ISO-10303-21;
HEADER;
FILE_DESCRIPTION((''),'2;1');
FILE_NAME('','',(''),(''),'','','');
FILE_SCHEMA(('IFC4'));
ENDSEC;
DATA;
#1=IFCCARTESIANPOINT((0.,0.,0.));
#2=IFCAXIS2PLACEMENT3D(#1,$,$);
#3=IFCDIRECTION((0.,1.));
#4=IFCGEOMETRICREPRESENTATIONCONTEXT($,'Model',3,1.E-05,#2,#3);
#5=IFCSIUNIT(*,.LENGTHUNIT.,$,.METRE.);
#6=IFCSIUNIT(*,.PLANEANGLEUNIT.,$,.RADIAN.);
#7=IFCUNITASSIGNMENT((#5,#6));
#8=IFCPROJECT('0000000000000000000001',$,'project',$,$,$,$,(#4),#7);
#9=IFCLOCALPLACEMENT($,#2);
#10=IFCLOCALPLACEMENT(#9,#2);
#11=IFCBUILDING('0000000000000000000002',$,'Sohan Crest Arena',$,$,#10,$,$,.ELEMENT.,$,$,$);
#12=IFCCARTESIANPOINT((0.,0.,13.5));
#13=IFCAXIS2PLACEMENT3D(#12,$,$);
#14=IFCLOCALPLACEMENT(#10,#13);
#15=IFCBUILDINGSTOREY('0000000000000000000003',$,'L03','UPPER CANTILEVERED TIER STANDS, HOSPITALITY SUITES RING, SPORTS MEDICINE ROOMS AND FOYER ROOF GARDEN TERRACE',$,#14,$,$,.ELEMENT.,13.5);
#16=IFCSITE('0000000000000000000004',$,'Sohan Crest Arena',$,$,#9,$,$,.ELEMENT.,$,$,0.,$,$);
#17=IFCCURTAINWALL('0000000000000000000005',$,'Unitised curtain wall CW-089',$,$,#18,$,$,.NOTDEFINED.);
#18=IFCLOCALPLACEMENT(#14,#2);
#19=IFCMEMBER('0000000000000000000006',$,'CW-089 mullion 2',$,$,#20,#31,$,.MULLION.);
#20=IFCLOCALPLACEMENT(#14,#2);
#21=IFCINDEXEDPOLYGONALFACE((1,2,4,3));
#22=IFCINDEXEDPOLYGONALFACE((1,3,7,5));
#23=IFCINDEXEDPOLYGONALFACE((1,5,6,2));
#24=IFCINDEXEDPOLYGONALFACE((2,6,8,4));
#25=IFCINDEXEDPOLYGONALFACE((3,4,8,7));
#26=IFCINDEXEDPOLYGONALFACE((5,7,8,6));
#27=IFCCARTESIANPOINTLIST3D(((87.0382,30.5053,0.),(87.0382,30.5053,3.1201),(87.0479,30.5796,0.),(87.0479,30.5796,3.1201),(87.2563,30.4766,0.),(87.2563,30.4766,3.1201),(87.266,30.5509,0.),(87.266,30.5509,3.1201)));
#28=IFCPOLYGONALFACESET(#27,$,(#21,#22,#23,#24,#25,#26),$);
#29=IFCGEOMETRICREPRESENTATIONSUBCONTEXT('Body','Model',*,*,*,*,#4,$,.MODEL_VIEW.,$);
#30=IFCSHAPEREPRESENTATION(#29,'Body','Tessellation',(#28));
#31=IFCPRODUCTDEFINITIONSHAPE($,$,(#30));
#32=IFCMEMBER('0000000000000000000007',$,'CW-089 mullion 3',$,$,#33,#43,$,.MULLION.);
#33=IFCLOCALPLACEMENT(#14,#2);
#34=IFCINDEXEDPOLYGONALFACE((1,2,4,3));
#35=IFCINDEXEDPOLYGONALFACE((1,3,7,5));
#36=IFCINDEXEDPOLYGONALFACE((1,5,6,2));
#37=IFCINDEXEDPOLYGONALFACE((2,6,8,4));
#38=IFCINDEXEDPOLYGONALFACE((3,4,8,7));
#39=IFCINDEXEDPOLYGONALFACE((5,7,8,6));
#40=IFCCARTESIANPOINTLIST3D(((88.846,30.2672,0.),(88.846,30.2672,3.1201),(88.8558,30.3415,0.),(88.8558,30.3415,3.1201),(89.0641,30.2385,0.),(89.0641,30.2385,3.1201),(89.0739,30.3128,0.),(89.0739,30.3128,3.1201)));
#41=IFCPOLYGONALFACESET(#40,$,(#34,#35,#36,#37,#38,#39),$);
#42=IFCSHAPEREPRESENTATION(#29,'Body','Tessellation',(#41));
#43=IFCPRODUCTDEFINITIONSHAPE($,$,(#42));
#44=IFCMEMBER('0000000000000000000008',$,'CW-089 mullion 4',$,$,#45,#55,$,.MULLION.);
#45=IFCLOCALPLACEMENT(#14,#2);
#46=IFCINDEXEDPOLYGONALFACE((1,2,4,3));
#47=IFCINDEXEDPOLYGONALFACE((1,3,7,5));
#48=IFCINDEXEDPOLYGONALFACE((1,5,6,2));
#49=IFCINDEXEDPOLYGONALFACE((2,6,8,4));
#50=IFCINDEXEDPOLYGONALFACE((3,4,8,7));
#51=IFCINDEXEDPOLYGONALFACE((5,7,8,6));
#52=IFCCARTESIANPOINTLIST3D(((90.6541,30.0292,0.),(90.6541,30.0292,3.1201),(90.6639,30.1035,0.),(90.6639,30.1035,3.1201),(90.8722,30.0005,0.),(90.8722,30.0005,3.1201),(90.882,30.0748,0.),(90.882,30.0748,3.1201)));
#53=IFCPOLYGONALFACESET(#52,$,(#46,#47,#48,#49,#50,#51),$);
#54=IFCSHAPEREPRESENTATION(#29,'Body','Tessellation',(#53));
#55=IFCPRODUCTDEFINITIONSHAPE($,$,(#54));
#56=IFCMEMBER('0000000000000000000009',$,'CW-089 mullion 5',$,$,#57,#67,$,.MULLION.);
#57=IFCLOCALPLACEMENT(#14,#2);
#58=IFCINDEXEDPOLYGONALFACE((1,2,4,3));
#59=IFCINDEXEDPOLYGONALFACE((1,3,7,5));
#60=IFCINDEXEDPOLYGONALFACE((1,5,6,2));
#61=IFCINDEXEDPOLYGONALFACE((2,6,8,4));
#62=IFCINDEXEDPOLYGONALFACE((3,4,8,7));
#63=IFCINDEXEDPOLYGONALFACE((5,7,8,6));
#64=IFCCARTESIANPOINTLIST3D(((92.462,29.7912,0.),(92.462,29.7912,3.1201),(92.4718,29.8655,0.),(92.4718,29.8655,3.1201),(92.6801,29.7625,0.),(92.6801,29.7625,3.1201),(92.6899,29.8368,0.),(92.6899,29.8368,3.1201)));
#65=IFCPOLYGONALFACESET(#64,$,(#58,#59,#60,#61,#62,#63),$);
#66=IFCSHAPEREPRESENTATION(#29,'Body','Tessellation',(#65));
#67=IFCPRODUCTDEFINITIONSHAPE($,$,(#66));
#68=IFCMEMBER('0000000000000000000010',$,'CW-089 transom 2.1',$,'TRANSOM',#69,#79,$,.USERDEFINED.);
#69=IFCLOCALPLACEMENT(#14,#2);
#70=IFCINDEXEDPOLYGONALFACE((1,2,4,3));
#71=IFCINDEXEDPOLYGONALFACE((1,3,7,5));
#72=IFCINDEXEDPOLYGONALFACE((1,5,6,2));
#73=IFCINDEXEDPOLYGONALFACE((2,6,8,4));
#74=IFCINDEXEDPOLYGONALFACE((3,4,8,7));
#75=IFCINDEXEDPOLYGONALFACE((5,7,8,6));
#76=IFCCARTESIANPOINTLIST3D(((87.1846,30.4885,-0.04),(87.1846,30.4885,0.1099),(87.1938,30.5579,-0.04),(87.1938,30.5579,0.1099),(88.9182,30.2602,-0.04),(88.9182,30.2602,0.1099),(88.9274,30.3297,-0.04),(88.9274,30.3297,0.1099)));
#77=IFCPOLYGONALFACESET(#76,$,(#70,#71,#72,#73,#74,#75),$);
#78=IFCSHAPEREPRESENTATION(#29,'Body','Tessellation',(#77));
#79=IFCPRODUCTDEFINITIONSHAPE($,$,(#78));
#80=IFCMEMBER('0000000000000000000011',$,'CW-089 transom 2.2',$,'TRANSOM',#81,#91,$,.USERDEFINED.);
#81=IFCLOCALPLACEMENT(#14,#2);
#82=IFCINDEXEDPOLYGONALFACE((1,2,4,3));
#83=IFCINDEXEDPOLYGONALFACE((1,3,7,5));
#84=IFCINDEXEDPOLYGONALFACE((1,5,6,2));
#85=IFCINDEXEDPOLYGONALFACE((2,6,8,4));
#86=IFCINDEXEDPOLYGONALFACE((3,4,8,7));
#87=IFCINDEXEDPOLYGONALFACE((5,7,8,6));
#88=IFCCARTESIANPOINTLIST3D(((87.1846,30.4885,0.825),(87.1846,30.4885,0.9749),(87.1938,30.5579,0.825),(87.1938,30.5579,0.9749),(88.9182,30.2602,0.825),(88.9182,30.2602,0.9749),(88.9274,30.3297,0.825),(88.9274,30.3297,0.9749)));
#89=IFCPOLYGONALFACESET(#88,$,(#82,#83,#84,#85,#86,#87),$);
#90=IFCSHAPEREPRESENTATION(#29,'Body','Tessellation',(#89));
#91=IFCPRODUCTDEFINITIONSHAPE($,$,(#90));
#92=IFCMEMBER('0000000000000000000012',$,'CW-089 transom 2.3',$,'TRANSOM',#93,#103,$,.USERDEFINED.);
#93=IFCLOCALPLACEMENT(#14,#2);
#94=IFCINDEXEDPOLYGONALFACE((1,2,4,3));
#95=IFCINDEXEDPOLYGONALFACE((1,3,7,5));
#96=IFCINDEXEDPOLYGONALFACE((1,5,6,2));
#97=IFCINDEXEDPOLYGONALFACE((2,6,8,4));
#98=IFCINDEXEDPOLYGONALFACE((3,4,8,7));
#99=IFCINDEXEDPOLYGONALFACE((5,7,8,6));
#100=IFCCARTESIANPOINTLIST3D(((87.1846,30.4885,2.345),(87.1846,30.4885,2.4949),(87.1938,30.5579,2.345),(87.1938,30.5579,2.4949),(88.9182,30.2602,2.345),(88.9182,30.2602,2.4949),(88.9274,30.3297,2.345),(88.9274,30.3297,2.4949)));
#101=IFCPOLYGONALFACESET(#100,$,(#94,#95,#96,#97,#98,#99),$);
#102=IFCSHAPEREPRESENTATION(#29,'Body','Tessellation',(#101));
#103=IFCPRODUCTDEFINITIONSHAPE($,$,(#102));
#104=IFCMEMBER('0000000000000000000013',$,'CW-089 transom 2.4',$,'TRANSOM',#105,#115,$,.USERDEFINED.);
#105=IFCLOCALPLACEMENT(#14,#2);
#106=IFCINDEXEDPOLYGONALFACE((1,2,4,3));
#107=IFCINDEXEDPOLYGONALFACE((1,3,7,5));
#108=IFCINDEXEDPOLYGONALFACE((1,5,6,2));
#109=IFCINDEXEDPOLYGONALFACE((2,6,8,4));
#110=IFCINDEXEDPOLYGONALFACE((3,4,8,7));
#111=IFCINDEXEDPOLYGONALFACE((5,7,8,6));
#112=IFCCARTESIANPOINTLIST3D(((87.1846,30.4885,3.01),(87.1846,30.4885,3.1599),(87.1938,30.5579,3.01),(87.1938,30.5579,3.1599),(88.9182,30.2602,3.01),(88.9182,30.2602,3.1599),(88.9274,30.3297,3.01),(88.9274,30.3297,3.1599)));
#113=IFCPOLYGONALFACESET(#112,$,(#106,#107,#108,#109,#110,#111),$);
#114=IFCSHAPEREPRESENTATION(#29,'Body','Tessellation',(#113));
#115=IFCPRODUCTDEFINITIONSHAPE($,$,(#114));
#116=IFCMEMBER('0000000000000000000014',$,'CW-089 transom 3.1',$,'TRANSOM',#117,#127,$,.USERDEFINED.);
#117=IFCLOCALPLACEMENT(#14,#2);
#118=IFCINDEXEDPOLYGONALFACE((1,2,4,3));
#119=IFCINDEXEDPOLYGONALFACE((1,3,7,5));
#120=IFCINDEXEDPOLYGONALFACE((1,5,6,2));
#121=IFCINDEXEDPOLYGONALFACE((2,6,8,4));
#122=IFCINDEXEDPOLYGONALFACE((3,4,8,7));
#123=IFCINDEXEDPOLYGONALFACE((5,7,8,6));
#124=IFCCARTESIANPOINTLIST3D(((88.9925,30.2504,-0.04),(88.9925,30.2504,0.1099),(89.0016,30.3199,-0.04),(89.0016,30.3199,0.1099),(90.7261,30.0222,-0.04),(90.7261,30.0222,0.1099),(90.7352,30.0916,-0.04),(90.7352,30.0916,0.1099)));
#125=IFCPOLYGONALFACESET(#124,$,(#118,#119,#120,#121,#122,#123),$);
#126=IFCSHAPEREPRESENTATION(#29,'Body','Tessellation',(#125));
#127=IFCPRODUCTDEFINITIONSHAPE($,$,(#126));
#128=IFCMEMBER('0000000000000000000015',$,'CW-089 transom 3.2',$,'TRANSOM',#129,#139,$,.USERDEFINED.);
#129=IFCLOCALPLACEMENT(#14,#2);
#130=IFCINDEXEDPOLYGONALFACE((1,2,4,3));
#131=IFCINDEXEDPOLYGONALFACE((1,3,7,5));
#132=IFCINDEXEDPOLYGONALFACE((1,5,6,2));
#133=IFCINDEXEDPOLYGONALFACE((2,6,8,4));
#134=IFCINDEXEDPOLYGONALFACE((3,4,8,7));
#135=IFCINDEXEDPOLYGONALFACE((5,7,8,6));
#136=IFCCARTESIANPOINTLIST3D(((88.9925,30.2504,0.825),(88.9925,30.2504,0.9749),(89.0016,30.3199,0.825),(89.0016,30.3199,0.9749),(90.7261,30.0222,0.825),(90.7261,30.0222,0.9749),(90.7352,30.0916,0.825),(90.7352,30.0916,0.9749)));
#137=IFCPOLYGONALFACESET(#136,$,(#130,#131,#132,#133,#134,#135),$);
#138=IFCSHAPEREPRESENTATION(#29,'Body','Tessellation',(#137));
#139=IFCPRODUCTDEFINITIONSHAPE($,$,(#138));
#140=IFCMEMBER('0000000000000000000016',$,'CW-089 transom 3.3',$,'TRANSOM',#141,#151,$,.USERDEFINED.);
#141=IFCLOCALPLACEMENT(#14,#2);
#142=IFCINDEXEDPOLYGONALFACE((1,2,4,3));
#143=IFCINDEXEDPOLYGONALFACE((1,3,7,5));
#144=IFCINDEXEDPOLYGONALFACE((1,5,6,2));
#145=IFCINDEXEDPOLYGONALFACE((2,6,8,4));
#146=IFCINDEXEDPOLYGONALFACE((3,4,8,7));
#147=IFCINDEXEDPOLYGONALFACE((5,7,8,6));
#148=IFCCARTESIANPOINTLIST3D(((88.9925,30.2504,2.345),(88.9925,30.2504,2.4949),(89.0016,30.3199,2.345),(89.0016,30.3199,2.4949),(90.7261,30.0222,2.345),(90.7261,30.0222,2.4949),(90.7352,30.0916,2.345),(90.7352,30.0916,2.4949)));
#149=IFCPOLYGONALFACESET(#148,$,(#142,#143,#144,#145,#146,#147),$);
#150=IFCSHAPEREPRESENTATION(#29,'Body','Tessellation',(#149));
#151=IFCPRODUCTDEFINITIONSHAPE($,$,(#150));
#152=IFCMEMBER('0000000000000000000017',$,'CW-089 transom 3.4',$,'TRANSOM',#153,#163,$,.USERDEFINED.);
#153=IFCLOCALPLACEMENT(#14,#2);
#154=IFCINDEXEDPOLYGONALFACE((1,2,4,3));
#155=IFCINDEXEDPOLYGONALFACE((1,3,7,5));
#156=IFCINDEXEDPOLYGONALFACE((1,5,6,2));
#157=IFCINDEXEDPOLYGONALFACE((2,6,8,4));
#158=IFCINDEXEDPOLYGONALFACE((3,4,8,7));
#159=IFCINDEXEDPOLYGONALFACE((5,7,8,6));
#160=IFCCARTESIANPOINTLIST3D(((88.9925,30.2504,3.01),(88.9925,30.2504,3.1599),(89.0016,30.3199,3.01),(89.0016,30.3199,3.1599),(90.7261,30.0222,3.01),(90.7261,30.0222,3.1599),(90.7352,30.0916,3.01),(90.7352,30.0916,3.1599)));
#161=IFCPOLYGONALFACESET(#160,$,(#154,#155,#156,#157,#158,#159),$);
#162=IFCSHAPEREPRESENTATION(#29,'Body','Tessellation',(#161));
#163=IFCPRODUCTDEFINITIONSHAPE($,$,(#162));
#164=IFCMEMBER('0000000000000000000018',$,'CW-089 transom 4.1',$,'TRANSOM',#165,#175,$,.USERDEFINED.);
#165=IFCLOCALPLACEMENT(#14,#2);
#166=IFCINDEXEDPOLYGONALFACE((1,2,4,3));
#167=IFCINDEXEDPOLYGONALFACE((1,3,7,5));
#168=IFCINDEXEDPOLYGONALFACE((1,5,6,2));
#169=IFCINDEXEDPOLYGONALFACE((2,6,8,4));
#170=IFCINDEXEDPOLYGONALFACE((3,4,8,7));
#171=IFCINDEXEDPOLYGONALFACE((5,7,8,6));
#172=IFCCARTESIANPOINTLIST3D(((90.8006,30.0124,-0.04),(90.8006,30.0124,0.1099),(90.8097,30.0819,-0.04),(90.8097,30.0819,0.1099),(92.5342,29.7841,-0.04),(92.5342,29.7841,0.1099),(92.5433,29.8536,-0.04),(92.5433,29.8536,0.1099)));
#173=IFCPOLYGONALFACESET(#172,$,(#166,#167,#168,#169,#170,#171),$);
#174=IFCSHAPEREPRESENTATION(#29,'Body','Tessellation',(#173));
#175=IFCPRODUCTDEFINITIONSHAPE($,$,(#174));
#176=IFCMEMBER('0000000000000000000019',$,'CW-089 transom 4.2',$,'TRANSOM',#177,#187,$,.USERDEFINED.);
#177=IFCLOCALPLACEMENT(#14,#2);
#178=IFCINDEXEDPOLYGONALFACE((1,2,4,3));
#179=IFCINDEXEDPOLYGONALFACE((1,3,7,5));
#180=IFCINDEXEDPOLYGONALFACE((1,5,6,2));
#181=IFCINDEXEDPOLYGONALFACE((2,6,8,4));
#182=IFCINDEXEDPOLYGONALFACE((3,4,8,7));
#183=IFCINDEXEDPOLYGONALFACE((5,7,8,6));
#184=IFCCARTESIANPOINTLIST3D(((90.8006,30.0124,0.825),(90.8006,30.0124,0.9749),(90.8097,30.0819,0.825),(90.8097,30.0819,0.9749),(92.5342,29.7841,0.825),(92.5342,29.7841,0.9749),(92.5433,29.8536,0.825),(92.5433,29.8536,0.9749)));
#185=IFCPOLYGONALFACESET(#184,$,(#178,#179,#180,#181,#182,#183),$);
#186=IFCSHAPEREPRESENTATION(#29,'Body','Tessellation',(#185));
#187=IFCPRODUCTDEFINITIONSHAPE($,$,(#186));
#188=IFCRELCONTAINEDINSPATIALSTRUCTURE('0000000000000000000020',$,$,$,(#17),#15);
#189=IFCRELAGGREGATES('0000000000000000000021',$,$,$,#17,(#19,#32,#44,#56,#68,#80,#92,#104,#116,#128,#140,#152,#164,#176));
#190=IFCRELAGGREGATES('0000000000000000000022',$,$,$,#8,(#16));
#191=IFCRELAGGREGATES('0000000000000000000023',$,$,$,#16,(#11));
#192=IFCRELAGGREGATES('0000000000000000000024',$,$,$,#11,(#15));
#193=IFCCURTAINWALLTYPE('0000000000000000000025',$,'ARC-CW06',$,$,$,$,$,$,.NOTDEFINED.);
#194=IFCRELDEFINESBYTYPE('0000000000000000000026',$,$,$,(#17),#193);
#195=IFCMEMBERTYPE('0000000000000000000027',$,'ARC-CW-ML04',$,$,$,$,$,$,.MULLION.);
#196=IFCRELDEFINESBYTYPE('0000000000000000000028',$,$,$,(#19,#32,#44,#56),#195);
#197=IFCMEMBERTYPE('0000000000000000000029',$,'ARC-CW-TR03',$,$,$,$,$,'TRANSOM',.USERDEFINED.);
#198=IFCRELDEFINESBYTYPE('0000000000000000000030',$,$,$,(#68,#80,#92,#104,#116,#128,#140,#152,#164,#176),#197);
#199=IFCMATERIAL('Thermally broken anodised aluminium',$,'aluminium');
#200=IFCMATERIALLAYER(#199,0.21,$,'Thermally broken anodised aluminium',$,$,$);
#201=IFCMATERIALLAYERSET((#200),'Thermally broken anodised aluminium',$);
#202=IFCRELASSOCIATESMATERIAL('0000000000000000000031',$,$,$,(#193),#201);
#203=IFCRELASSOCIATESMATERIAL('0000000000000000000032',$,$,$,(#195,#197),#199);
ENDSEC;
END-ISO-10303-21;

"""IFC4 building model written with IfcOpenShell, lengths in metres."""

from ifc_helpers import new_model, si_unit, direction, frame, origin, origin_2d, place, context, subcontext, project, spatial, rectangle, extrude, material, layer, layer_set, material_profile, profile_set, type_object, element, aggregate, save


model = new_model("IFC4")

# Units and contexts
model_context = context("Model", 3, precision=1e-05, world=origin(), true_north=direction((0.0, 1.0)))
body_context = subcontext(model_context, "Body", "Model", "MODEL_VIEW")
ifc_project = project(units=[si_unit("LENGTHUNIT", "METRE"), si_unit("PLANEANGLEUNIT", "RADIAN")], contexts=[model_context])

# Site, building, storey
site_placement = place(None, origin())
site = spatial("IfcSite", under=ifc_project, at=site_placement, Name="Sohan Crest Arena", CompositionType="ELEMENT", RefElevation=0.0)
building_placement = place(site_placement, origin())
building = spatial("IfcBuilding", under=site, at=building_placement, Name="Sohan Crest Arena", CompositionType="ELEMENT")
storey_placement = place(building_placement, frame((0.0, 0.0, 13.5)))
storey = spatial("IfcBuildingStorey", under=building, at=storey_placement, Name="L03", Description="UPPER CANTILEVERED TIER STANDS, HOSPITALITY SUITES RING, SPORTS MEDICINE ROOMS AND FOYER ROOF GARDEN TERRACE", CompositionType="ELEMENT", Elevation=13.5)

# Curtain wall, members
ifc_material_1 = material(Name="Thermally broken anodised aluminium", Category="aluminium")
ifc_layer_1 = layer(ifc_material_1, 0.21, Name="Thermally broken anodised aluminium")
ifc_layer_set_1 = layer_set([ifc_layer_1], Name="Thermally broken anodised aluminium")
curtain_wall_type = type_object("IfcCurtainWallType", Name="ARC-CW06", PredefinedType="NOTDEFINED", material=ifc_layer_set_1)
curtain_wall_placement = place(storey_placement, origin())
curtain_wall = element("IfcCurtainWall", 1, at=curtain_wall_placement, inside=storey, type_object=curtain_wall_type, Name="Unitised curtain wall CW-089", PredefinedType="NOTDEFINED")
ifc_material_profile_1 = material_profile(ifc_material_1, rectangle(XDim=0.075, YDim=0.22, at=origin_2d()), Name="ALU-MULL 75x220")
ifc_profile_set_1 = profile_set([ifc_material_profile_1], Name="Thermally broken anodised aluminium")
member_type_1 = type_object("IfcMemberType", Name="ARC-CW-ML04", PredefinedType="MULLION", material=ifc_profile_set_1)
member_1_placement = place(storey_placement, frame((87.1521, 30.5281, 0.0), z_axis=(0.0, 0.0, 1.0), x_axis=(0.130511, 0.991447, 0.0)))
member_1 = element("IfcMember", 2, at=member_1_placement, type_object=member_type_1, Name="CW-089 mullion 2", PredefinedType="MULLION", context=body_context, shape_type="SweptSolid", body=[
    extrude(rectangle(XDim=0.075, YDim=0.22, at=origin_2d()), origin(), (0.0, 0.0, 1.0), 3.1201),
])
member_2_placement = place(storey_placement, frame((88.96, 30.29, 0.0), z_axis=(0.0, 0.0, 1.0), x_axis=(0.130511, 0.991447, 0.0)))
member_2 = element("IfcMember", 3, at=member_2_placement, type_object=member_type_1, Name="CW-089 mullion 3", PredefinedType="MULLION", context=body_context, shape_type="SweptSolid", body=[
    extrude(rectangle(XDim=0.075, YDim=0.22, at=origin_2d()), origin(), (0.0, 0.0, 1.0), 3.1201),
])
member_3_placement = place(storey_placement, frame((90.7681, 30.052, 0.0), z_axis=(0.0, 0.0, 1.0), x_axis=(0.130511, 0.991447, 0.0)))
member_3 = element("IfcMember", 4, at=member_3_placement, type_object=member_type_1, Name="CW-089 mullion 4", PredefinedType="MULLION", context=body_context, shape_type="SweptSolid", body=[
    extrude(rectangle(XDim=0.075, YDim=0.22, at=origin_2d()), origin(), (0.0, 0.0, 1.0), 3.1201),
])
member_4_placement = place(storey_placement, frame((92.5759, 29.814, 0.0), z_axis=(0.0, 0.0, 1.0), x_axis=(0.130511, 0.991447, 0.0)))
member_4 = element("IfcMember", 5, at=member_4_placement, type_object=member_type_1, Name="CW-089 mullion 5", PredefinedType="MULLION", context=body_context, shape_type="SweptSolid", body=[
    extrude(rectangle(XDim=0.075, YDim=0.22, at=origin_2d()), origin(), (0.0, 0.0, 1.0), 3.1201),
])
ifc_material_profile_2 = material_profile(ifc_material_1, rectangle(XDim=0.0701, YDim=0.1499, at=origin_2d()), Name="ALU-TRAN 70x150")
ifc_profile_set_2 = profile_set([ifc_material_profile_2], Name="Thermally broken anodised aluminium")
member_type_2 = type_object("IfcMemberType", Name="ARC-CW-TR03", ElementType="TRANSOM", PredefinedType="USERDEFINED", material=ifc_profile_set_2)
member_5_placement = place(storey_placement, frame((87.1892, 30.5232, 0.0349), z_axis=(0.991442, -0.130545, 0.0), x_axis=(0.130545, 0.991442, 0.0)))
member_5 = element("IfcMember", 6, at=member_5_placement, type_object=member_type_2, Name="CW-089 transom 2.1", ObjectType="TRANSOM", PredefinedType="USERDEFINED", context=body_context, shape_type="SweptSolid", body=[
    extrude(rectangle(XDim=0.0701, YDim=0.1499, at=origin_2d()), origin(), (0.0, 0.0, 1.0), 1.7485),
])
member_6_placement = place(storey_placement, frame((87.1892, 30.5232, 0.8999), z_axis=(0.991442, -0.130545, 0.0), x_axis=(0.130545, 0.991442, 0.0)))
member_6 = element("IfcMember", 7, at=member_6_placement, type_object=member_type_2, Name="CW-089 transom 2.2", ObjectType="TRANSOM", PredefinedType="USERDEFINED", context=body_context, shape_type="SweptSolid", body=[
    extrude(rectangle(XDim=0.0701, YDim=0.1499, at=origin_2d()), origin(), (0.0, 0.0, 1.0), 1.7485),
])
member_7_placement = place(storey_placement, frame((87.1892, 30.5232, 2.4199), z_axis=(0.991442, -0.130545, 0.0), x_axis=(0.130545, 0.991442, 0.0)))
member_7 = element("IfcMember", 8, at=member_7_placement, type_object=member_type_2, Name="CW-089 transom 2.3", ObjectType="TRANSOM", PredefinedType="USERDEFINED", context=body_context, shape_type="SweptSolid", body=[
    extrude(rectangle(XDim=0.0701, YDim=0.1499, at=origin_2d()), origin(), (0.0, 0.0, 1.0), 1.7485),
])
member_8_placement = place(storey_placement, frame((87.1892, 30.5232, 3.085), z_axis=(0.991442, -0.130545, 0.0), x_axis=(0.130545, 0.991442, 0.0)))
member_8 = element("IfcMember", 9, at=member_8_placement, type_object=member_type_2, Name="CW-089 transom 2.4", ObjectType="TRANSOM", PredefinedType="USERDEFINED", context=body_context, shape_type="SweptSolid", body=[
    extrude(rectangle(XDim=0.0701, YDim=0.1499, at=origin_2d()), origin(), (0.0, 0.0, 1.0), 1.7485),
])
member_9_placement = place(storey_placement, frame((88.9971, 30.2852, 0.0349), z_axis=(0.991442, -0.130545, 0.0), x_axis=(0.130545, 0.991442, 0.0)))
member_9 = element("IfcMember", 10, at=member_9_placement, type_object=member_type_2, Name="CW-089 transom 3.1", ObjectType="TRANSOM", PredefinedType="USERDEFINED", context=body_context, shape_type="SweptSolid", body=[
    extrude(rectangle(XDim=0.0701, YDim=0.1499, at=origin_2d()), origin(), (0.0, 0.0, 1.0), 1.7485),
])
member_10_placement = place(storey_placement, frame((88.9971, 30.2852, 0.8999), z_axis=(0.991442, -0.130545, 0.0), x_axis=(0.130545, 0.991442, 0.0)))
member_10 = element("IfcMember", 11, at=member_10_placement, type_object=member_type_2, Name="CW-089 transom 3.2", ObjectType="TRANSOM", PredefinedType="USERDEFINED", context=body_context, shape_type="SweptSolid", body=[
    extrude(rectangle(XDim=0.0701, YDim=0.1499, at=origin_2d()), origin(), (0.0, 0.0, 1.0), 1.7485),
])
member_11_placement = place(storey_placement, frame((88.9971, 30.2852, 2.4199), z_axis=(0.991442, -0.130545, 0.0), x_axis=(0.130545, 0.991442, 0.0)))
member_11 = element("IfcMember", 12, at=member_11_placement, type_object=member_type_2, Name="CW-089 transom 3.3", ObjectType="TRANSOM", PredefinedType="USERDEFINED", context=body_context, shape_type="SweptSolid", body=[
    extrude(rectangle(XDim=0.0701, YDim=0.1499, at=origin_2d()), origin(), (0.0, 0.0, 1.0), 1.7485),
])
member_12_placement = place(storey_placement, frame((88.9971, 30.2852, 3.085), z_axis=(0.991442, -0.130545, 0.0), x_axis=(0.130545, 0.991442, 0.0)))
member_12 = element("IfcMember", 13, at=member_12_placement, type_object=member_type_2, Name="CW-089 transom 3.4", ObjectType="TRANSOM", PredefinedType="USERDEFINED", context=body_context, shape_type="SweptSolid", body=[
    extrude(rectangle(XDim=0.0701, YDim=0.1499, at=origin_2d()), origin(), (0.0, 0.0, 1.0), 1.7485),
])
member_13_placement = place(storey_placement, frame((90.8052, 30.0471, 0.0349), z_axis=(0.991442, -0.130545, 0.0), x_axis=(0.130545, 0.991442, 0.0)))
member_13 = element("IfcMember", 14, at=member_13_placement, type_object=member_type_2, Name="CW-089 transom 4.1", ObjectType="TRANSOM", PredefinedType="USERDEFINED", context=body_context, shape_type="SweptSolid", body=[
    extrude(rectangle(XDim=0.0701, YDim=0.1499, at=origin_2d()), origin(), (0.0, 0.0, 1.0), 1.7485),
])
member_14_placement = place(storey_placement, frame((90.8052, 30.0471, 0.8999), z_axis=(0.991442, -0.130545, 0.0), x_axis=(0.130545, 0.991442, 0.0)))
member_14 = element("IfcMember", 15, at=member_14_placement, type_object=member_type_2, Name="CW-089 transom 4.2", ObjectType="TRANSOM", PredefinedType="USERDEFINED", context=body_context, shape_type="SweptSolid", body=[
    extrude(rectangle(XDim=0.0701, YDim=0.1499, at=origin_2d()), origin(), (0.0, 0.0, 1.0), 1.7485),
])
aggregate(curtain_wall, [member_1, member_2, member_3, member_4, member_5, member_6, member_7, member_8, member_9, member_10, member_11, member_12, member_13, member_14])

save(model, "model.ifc")
